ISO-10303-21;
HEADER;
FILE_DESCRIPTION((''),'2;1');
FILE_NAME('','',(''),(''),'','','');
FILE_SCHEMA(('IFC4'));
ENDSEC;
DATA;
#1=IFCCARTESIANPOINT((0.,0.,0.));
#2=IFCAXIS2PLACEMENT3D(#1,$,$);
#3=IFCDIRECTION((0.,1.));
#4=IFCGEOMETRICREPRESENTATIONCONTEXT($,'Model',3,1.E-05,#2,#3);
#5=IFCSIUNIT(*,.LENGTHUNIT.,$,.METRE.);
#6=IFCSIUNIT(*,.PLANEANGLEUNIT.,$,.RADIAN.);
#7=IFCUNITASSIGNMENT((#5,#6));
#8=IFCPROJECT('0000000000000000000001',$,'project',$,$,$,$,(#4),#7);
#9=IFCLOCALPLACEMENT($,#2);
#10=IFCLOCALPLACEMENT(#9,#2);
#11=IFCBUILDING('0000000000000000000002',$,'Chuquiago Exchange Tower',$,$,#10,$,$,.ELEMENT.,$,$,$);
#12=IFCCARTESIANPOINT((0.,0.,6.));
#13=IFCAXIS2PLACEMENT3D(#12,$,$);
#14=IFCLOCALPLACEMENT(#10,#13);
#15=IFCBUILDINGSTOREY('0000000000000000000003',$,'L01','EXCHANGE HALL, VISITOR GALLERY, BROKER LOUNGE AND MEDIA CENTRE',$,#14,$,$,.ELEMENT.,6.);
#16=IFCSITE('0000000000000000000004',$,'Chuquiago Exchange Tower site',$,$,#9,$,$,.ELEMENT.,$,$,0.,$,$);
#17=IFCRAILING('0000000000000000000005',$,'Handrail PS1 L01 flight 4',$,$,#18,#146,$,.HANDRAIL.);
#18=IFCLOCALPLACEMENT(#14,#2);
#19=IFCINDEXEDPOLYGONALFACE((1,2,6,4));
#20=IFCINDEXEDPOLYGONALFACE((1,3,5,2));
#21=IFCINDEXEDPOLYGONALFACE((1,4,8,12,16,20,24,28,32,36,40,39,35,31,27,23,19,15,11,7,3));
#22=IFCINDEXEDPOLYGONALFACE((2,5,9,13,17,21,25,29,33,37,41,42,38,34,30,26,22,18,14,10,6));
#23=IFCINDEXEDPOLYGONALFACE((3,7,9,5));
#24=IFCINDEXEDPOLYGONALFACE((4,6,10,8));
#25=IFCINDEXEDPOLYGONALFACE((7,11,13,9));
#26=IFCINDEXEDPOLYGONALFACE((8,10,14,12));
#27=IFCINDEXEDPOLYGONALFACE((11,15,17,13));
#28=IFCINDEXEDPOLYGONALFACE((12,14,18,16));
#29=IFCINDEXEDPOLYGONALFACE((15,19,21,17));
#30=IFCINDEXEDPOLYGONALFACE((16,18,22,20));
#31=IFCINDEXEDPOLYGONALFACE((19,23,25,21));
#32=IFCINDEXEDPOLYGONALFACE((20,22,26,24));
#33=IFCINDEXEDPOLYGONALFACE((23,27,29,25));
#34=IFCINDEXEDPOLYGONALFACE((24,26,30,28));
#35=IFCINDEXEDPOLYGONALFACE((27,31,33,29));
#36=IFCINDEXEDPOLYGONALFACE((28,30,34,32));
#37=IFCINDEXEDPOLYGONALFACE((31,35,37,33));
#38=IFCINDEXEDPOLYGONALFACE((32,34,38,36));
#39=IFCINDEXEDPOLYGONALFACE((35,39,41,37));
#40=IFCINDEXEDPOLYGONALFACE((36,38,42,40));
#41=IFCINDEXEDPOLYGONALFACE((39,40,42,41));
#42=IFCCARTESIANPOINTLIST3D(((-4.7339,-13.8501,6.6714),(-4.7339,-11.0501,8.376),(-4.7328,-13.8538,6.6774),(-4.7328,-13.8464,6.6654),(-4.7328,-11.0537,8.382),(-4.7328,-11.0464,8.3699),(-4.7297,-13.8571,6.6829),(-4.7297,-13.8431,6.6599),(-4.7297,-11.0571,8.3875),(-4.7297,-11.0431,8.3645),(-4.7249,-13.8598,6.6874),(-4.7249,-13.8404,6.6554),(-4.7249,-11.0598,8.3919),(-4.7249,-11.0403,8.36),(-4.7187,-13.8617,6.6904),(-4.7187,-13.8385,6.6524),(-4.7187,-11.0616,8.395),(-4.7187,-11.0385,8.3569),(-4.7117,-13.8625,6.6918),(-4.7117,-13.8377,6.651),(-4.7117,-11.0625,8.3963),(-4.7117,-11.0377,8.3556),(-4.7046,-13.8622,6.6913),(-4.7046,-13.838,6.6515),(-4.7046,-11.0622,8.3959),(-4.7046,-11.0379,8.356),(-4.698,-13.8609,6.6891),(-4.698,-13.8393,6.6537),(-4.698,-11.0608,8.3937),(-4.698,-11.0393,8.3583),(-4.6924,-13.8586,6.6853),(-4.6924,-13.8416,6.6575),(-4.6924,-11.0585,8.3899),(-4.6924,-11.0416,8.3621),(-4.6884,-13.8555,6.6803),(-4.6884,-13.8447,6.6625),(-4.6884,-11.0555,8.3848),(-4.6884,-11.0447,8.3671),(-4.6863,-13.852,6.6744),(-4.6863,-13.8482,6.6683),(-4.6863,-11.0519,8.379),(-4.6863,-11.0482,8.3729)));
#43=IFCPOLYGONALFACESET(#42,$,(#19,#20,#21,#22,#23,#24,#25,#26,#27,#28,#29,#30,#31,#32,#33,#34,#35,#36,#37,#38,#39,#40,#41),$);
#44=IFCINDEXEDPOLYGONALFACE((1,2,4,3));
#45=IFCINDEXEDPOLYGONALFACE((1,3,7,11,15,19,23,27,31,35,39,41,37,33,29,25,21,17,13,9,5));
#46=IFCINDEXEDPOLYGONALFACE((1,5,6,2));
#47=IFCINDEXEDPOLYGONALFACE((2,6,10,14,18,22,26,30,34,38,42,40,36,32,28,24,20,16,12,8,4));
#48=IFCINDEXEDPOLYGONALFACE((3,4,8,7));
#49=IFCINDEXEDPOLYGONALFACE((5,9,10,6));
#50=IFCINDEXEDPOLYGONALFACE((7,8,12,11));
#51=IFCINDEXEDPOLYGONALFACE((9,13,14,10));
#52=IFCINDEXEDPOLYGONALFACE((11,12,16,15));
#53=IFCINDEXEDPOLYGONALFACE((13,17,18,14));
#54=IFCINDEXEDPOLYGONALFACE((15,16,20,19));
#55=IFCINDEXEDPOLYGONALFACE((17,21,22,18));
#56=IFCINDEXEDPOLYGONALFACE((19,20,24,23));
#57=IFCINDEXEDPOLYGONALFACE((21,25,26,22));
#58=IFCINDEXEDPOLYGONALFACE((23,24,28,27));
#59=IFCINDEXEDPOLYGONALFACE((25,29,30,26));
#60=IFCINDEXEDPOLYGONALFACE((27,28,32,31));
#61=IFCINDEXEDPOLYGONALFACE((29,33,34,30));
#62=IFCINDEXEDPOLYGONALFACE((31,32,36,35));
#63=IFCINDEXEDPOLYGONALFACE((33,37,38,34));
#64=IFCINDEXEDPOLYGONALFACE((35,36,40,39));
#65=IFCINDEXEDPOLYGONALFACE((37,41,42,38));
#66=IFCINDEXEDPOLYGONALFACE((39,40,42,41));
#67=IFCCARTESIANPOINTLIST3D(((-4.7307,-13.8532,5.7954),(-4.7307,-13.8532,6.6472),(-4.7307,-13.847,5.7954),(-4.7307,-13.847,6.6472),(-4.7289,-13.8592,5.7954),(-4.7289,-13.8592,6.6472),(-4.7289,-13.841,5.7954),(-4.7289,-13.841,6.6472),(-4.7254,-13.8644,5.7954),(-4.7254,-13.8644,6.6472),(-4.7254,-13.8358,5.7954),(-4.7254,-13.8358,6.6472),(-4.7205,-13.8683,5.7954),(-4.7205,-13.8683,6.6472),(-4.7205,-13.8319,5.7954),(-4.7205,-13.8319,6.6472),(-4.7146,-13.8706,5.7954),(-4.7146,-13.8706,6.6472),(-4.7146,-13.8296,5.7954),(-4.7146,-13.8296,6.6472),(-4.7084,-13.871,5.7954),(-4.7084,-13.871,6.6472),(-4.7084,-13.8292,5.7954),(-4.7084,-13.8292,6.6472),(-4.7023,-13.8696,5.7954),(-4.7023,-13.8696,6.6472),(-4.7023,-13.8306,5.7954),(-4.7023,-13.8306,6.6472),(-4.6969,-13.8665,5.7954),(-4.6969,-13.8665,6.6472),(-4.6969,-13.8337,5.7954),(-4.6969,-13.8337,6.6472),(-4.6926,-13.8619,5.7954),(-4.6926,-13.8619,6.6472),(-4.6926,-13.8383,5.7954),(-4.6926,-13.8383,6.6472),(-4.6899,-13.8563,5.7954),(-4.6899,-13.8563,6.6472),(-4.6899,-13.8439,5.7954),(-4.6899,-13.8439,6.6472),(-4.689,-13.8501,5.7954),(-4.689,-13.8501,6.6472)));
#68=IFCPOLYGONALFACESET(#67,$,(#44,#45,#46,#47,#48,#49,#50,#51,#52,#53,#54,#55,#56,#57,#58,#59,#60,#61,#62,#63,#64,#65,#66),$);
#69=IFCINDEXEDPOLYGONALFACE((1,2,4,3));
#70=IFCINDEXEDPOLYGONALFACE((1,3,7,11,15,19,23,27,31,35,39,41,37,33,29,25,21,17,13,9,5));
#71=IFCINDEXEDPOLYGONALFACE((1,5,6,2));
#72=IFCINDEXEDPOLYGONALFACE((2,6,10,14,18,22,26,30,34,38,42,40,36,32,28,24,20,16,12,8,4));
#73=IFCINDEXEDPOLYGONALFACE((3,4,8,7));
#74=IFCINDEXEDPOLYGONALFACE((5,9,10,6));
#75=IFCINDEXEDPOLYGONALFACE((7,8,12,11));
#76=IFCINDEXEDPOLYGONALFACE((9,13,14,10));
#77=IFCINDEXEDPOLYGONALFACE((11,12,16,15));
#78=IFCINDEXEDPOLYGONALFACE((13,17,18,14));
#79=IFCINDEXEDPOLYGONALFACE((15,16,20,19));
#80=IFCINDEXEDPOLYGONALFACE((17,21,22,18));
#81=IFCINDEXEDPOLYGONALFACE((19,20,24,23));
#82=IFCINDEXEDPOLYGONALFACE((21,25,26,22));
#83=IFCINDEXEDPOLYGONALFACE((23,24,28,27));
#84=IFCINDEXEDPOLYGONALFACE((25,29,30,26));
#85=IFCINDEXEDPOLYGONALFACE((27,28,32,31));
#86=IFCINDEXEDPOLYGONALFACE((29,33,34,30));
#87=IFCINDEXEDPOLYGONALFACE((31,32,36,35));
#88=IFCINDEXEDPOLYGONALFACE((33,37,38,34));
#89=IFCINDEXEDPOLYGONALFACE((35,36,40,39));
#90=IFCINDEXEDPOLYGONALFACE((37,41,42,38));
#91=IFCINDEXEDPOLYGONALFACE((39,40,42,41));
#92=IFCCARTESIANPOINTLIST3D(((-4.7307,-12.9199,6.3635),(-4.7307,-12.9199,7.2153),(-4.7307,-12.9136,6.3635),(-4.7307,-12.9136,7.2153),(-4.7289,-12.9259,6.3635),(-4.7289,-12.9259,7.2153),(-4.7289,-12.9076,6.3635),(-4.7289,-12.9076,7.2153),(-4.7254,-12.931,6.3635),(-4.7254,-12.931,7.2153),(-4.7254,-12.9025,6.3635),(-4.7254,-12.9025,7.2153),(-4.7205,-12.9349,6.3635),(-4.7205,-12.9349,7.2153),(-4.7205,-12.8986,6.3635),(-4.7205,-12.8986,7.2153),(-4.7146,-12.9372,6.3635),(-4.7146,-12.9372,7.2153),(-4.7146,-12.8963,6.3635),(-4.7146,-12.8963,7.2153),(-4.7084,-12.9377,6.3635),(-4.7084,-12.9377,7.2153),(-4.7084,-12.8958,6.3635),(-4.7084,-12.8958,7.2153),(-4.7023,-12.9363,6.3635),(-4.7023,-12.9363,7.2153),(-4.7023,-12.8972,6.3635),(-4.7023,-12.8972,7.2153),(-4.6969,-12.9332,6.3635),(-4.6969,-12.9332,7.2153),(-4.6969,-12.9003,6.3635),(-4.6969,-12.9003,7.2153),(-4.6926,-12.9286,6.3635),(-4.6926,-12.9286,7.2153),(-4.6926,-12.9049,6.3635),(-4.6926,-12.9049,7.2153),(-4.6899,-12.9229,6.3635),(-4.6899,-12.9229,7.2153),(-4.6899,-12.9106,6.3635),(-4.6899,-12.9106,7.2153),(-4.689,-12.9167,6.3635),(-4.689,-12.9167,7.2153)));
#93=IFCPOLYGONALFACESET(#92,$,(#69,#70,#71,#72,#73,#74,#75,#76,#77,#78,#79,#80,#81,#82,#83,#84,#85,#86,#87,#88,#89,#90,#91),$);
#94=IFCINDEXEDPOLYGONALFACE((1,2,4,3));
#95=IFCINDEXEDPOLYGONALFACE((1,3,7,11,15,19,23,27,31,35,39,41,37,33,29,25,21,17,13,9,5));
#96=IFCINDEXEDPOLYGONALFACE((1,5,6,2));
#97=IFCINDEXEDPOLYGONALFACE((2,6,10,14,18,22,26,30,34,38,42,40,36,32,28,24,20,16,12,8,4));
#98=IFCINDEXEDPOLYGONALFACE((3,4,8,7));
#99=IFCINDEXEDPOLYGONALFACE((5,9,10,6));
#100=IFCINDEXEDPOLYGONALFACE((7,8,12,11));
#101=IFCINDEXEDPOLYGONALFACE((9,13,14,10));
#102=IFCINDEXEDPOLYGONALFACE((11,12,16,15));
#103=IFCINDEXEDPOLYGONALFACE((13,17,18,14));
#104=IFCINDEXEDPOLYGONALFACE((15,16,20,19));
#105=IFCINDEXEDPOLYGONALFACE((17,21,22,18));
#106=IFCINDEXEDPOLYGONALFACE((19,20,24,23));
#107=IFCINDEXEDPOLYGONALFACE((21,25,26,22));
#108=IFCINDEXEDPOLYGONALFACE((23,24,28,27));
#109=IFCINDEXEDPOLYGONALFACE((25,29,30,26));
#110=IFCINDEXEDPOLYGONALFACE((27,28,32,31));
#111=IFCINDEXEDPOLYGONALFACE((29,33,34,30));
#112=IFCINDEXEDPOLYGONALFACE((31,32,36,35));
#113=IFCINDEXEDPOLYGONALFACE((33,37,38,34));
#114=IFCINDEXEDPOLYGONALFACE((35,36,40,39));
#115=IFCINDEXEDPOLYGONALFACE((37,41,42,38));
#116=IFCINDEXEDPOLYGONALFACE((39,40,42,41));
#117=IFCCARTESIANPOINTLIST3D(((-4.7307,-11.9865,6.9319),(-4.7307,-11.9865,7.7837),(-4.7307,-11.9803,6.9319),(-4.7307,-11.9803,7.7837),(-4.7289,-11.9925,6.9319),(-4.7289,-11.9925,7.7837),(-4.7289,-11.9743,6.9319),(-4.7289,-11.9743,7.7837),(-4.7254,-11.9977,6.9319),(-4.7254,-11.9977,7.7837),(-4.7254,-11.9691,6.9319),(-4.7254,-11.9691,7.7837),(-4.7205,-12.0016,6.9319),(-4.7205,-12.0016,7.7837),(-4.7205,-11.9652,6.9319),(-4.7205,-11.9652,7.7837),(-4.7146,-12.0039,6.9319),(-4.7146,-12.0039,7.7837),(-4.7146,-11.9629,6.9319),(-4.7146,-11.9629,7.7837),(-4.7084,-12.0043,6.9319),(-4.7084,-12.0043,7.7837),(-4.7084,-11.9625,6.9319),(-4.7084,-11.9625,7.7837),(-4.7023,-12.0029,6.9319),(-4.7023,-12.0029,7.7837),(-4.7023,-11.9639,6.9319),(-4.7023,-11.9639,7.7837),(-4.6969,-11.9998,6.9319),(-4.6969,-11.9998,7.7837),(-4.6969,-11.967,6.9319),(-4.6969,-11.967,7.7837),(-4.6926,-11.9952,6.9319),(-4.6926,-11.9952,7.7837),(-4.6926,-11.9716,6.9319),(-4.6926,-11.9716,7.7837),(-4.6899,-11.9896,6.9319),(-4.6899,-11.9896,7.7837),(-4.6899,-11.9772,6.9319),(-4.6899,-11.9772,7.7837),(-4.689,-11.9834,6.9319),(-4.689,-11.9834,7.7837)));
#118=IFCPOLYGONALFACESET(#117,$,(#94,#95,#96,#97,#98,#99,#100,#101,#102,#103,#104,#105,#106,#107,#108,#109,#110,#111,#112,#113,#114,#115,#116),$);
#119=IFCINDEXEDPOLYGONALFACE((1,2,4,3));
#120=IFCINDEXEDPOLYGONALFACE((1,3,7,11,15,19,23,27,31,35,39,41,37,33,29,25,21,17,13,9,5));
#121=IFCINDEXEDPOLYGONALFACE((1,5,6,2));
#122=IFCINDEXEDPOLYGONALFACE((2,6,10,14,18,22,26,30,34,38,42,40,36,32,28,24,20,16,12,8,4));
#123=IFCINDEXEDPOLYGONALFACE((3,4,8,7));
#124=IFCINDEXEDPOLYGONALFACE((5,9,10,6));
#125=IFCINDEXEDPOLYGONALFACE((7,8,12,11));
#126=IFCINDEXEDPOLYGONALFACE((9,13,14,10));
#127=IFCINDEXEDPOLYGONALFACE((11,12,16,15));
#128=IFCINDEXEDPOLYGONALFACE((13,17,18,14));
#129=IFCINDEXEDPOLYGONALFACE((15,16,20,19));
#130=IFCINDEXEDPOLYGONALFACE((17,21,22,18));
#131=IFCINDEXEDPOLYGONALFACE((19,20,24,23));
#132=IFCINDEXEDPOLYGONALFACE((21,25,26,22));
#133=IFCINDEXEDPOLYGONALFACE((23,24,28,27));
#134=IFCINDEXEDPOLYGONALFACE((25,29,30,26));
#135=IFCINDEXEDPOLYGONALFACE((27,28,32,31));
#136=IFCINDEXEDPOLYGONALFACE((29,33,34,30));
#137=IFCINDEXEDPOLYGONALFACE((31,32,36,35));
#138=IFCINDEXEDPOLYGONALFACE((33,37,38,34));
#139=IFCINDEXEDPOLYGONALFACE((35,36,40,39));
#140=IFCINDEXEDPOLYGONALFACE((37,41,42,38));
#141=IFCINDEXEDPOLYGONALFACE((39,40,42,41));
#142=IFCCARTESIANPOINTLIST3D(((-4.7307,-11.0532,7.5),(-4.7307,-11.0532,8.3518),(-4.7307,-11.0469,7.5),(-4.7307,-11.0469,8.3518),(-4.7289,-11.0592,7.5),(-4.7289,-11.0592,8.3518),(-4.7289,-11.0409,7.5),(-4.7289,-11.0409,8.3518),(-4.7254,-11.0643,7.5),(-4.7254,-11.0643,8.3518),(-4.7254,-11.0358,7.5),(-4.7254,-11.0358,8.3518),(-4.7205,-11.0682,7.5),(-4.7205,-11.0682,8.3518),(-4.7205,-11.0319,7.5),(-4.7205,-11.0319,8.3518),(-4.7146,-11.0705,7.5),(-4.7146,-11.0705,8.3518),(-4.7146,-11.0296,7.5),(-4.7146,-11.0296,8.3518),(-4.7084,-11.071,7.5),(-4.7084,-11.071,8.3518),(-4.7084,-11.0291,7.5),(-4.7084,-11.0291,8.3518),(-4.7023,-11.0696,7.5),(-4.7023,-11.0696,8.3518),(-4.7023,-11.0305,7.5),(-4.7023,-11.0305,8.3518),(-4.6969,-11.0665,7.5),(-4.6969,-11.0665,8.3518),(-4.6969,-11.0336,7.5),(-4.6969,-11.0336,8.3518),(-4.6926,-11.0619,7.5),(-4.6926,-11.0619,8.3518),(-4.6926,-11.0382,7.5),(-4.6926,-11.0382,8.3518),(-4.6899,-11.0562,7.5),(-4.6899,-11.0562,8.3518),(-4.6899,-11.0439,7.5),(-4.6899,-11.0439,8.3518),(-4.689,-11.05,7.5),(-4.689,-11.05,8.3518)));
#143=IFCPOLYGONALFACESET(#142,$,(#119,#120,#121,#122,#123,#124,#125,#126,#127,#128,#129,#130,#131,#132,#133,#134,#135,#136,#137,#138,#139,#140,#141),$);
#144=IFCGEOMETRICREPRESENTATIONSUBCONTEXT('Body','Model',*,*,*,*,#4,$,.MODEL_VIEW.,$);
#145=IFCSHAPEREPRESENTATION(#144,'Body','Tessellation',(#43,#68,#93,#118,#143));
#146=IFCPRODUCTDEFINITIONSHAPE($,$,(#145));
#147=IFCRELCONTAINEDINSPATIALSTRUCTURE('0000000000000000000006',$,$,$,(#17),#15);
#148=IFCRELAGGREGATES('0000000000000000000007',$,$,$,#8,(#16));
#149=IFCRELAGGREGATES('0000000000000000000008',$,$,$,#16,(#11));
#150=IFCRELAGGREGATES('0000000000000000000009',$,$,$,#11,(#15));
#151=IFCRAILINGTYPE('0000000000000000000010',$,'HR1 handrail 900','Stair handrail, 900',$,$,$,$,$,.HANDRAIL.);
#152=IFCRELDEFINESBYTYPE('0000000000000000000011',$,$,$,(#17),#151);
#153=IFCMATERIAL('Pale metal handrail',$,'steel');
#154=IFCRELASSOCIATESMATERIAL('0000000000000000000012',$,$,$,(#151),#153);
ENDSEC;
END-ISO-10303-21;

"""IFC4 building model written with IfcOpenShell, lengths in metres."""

from ifc_helpers import new_model, si_unit, direction, frame, origin, origin_2d, place, context, subcontext, project, spatial, circle, extrude, material, type_object, element, save


model = new_model("IFC4")

# Units and contexts
model_context = context("Model", 3, precision=1e-05, world=origin(), true_north=direction((0.0, 1.0)))
body_context = subcontext(model_context, "Body", "Model", "MODEL_VIEW")
ifc_project = project(units=[si_unit("LENGTHUNIT", "METRE"), si_unit("PLANEANGLEUNIT", "RADIAN")], contexts=[model_context])

# Site, building, storey
site_placement = place(None, origin())
site = spatial("IfcSite", under=ifc_project, at=site_placement, Name="Chuquiago Exchange Tower site", CompositionType="ELEMENT", RefElevation=0.0)
building_placement = place(site_placement, origin())
building = spatial("IfcBuilding", under=site, at=building_placement, Name="Chuquiago Exchange Tower", CompositionType="ELEMENT")
storey_placement = place(building_placement, frame((0.0, 0.0, 6.0)))
storey = spatial("IfcBuildingStorey", under=building, at=storey_placement, Name="L01", Description="EXCHANGE HALL, VISITOR GALLERY, BROKER LOUNGE AND MEDIA CENTRE", CompositionType="ELEMENT", Elevation=6.0)

# Railing
ifc_material_1 = material(Name="Pale metal handrail", Category="steel")
railing_type = type_object("IfcRailingType", Name="HR1 handrail 900", Description="Stair handrail, 900", PredefinedType="HANDRAIL", material=ifc_material_1)
for number, where, name in (
    (1, (-4.71, -13.8501, 5.7954), "Handrail PS1 L01 flight 4"),
):
    element("IfcRailing", number, at=place(storey_placement, frame(where)), inside=storey, type_object=railing_type, Name=name, PredefinedType="HANDRAIL", context=body_context, shape_type="SweptSolid", body=[
        extrude(circle(Radius=0.0239, at=origin_2d()), frame((0.0, 0.0, 0.876), z_axis=(0.0, 0.85417, 0.519994), x_axis=(-1.0, 0.0, 0.0)), (0.0, 0.0, 1.0), 3.2781),
        extrude(circle(Radius=0.021, at=origin_2d()), origin(), (0.0, 0.0, 1.0), 0.8518),
        extrude(circle(Radius=0.021, at=origin_2d()), frame((0.0, 0.9333, 0.5681)), (0.0, 0.0, 1.0), 0.8518),
        extrude(circle(Radius=0.021, at=origin_2d()), frame((0.0, 1.8667, 1.1365)), (0.0, 0.0, 1.0), 0.8518),
        extrude(circle(Radius=0.021, at=origin_2d()), frame((0.0, 2.8, 1.7046)), (0.0, 0.0, 1.0), 0.8518),
    ])

save(model, "model.ifc")
